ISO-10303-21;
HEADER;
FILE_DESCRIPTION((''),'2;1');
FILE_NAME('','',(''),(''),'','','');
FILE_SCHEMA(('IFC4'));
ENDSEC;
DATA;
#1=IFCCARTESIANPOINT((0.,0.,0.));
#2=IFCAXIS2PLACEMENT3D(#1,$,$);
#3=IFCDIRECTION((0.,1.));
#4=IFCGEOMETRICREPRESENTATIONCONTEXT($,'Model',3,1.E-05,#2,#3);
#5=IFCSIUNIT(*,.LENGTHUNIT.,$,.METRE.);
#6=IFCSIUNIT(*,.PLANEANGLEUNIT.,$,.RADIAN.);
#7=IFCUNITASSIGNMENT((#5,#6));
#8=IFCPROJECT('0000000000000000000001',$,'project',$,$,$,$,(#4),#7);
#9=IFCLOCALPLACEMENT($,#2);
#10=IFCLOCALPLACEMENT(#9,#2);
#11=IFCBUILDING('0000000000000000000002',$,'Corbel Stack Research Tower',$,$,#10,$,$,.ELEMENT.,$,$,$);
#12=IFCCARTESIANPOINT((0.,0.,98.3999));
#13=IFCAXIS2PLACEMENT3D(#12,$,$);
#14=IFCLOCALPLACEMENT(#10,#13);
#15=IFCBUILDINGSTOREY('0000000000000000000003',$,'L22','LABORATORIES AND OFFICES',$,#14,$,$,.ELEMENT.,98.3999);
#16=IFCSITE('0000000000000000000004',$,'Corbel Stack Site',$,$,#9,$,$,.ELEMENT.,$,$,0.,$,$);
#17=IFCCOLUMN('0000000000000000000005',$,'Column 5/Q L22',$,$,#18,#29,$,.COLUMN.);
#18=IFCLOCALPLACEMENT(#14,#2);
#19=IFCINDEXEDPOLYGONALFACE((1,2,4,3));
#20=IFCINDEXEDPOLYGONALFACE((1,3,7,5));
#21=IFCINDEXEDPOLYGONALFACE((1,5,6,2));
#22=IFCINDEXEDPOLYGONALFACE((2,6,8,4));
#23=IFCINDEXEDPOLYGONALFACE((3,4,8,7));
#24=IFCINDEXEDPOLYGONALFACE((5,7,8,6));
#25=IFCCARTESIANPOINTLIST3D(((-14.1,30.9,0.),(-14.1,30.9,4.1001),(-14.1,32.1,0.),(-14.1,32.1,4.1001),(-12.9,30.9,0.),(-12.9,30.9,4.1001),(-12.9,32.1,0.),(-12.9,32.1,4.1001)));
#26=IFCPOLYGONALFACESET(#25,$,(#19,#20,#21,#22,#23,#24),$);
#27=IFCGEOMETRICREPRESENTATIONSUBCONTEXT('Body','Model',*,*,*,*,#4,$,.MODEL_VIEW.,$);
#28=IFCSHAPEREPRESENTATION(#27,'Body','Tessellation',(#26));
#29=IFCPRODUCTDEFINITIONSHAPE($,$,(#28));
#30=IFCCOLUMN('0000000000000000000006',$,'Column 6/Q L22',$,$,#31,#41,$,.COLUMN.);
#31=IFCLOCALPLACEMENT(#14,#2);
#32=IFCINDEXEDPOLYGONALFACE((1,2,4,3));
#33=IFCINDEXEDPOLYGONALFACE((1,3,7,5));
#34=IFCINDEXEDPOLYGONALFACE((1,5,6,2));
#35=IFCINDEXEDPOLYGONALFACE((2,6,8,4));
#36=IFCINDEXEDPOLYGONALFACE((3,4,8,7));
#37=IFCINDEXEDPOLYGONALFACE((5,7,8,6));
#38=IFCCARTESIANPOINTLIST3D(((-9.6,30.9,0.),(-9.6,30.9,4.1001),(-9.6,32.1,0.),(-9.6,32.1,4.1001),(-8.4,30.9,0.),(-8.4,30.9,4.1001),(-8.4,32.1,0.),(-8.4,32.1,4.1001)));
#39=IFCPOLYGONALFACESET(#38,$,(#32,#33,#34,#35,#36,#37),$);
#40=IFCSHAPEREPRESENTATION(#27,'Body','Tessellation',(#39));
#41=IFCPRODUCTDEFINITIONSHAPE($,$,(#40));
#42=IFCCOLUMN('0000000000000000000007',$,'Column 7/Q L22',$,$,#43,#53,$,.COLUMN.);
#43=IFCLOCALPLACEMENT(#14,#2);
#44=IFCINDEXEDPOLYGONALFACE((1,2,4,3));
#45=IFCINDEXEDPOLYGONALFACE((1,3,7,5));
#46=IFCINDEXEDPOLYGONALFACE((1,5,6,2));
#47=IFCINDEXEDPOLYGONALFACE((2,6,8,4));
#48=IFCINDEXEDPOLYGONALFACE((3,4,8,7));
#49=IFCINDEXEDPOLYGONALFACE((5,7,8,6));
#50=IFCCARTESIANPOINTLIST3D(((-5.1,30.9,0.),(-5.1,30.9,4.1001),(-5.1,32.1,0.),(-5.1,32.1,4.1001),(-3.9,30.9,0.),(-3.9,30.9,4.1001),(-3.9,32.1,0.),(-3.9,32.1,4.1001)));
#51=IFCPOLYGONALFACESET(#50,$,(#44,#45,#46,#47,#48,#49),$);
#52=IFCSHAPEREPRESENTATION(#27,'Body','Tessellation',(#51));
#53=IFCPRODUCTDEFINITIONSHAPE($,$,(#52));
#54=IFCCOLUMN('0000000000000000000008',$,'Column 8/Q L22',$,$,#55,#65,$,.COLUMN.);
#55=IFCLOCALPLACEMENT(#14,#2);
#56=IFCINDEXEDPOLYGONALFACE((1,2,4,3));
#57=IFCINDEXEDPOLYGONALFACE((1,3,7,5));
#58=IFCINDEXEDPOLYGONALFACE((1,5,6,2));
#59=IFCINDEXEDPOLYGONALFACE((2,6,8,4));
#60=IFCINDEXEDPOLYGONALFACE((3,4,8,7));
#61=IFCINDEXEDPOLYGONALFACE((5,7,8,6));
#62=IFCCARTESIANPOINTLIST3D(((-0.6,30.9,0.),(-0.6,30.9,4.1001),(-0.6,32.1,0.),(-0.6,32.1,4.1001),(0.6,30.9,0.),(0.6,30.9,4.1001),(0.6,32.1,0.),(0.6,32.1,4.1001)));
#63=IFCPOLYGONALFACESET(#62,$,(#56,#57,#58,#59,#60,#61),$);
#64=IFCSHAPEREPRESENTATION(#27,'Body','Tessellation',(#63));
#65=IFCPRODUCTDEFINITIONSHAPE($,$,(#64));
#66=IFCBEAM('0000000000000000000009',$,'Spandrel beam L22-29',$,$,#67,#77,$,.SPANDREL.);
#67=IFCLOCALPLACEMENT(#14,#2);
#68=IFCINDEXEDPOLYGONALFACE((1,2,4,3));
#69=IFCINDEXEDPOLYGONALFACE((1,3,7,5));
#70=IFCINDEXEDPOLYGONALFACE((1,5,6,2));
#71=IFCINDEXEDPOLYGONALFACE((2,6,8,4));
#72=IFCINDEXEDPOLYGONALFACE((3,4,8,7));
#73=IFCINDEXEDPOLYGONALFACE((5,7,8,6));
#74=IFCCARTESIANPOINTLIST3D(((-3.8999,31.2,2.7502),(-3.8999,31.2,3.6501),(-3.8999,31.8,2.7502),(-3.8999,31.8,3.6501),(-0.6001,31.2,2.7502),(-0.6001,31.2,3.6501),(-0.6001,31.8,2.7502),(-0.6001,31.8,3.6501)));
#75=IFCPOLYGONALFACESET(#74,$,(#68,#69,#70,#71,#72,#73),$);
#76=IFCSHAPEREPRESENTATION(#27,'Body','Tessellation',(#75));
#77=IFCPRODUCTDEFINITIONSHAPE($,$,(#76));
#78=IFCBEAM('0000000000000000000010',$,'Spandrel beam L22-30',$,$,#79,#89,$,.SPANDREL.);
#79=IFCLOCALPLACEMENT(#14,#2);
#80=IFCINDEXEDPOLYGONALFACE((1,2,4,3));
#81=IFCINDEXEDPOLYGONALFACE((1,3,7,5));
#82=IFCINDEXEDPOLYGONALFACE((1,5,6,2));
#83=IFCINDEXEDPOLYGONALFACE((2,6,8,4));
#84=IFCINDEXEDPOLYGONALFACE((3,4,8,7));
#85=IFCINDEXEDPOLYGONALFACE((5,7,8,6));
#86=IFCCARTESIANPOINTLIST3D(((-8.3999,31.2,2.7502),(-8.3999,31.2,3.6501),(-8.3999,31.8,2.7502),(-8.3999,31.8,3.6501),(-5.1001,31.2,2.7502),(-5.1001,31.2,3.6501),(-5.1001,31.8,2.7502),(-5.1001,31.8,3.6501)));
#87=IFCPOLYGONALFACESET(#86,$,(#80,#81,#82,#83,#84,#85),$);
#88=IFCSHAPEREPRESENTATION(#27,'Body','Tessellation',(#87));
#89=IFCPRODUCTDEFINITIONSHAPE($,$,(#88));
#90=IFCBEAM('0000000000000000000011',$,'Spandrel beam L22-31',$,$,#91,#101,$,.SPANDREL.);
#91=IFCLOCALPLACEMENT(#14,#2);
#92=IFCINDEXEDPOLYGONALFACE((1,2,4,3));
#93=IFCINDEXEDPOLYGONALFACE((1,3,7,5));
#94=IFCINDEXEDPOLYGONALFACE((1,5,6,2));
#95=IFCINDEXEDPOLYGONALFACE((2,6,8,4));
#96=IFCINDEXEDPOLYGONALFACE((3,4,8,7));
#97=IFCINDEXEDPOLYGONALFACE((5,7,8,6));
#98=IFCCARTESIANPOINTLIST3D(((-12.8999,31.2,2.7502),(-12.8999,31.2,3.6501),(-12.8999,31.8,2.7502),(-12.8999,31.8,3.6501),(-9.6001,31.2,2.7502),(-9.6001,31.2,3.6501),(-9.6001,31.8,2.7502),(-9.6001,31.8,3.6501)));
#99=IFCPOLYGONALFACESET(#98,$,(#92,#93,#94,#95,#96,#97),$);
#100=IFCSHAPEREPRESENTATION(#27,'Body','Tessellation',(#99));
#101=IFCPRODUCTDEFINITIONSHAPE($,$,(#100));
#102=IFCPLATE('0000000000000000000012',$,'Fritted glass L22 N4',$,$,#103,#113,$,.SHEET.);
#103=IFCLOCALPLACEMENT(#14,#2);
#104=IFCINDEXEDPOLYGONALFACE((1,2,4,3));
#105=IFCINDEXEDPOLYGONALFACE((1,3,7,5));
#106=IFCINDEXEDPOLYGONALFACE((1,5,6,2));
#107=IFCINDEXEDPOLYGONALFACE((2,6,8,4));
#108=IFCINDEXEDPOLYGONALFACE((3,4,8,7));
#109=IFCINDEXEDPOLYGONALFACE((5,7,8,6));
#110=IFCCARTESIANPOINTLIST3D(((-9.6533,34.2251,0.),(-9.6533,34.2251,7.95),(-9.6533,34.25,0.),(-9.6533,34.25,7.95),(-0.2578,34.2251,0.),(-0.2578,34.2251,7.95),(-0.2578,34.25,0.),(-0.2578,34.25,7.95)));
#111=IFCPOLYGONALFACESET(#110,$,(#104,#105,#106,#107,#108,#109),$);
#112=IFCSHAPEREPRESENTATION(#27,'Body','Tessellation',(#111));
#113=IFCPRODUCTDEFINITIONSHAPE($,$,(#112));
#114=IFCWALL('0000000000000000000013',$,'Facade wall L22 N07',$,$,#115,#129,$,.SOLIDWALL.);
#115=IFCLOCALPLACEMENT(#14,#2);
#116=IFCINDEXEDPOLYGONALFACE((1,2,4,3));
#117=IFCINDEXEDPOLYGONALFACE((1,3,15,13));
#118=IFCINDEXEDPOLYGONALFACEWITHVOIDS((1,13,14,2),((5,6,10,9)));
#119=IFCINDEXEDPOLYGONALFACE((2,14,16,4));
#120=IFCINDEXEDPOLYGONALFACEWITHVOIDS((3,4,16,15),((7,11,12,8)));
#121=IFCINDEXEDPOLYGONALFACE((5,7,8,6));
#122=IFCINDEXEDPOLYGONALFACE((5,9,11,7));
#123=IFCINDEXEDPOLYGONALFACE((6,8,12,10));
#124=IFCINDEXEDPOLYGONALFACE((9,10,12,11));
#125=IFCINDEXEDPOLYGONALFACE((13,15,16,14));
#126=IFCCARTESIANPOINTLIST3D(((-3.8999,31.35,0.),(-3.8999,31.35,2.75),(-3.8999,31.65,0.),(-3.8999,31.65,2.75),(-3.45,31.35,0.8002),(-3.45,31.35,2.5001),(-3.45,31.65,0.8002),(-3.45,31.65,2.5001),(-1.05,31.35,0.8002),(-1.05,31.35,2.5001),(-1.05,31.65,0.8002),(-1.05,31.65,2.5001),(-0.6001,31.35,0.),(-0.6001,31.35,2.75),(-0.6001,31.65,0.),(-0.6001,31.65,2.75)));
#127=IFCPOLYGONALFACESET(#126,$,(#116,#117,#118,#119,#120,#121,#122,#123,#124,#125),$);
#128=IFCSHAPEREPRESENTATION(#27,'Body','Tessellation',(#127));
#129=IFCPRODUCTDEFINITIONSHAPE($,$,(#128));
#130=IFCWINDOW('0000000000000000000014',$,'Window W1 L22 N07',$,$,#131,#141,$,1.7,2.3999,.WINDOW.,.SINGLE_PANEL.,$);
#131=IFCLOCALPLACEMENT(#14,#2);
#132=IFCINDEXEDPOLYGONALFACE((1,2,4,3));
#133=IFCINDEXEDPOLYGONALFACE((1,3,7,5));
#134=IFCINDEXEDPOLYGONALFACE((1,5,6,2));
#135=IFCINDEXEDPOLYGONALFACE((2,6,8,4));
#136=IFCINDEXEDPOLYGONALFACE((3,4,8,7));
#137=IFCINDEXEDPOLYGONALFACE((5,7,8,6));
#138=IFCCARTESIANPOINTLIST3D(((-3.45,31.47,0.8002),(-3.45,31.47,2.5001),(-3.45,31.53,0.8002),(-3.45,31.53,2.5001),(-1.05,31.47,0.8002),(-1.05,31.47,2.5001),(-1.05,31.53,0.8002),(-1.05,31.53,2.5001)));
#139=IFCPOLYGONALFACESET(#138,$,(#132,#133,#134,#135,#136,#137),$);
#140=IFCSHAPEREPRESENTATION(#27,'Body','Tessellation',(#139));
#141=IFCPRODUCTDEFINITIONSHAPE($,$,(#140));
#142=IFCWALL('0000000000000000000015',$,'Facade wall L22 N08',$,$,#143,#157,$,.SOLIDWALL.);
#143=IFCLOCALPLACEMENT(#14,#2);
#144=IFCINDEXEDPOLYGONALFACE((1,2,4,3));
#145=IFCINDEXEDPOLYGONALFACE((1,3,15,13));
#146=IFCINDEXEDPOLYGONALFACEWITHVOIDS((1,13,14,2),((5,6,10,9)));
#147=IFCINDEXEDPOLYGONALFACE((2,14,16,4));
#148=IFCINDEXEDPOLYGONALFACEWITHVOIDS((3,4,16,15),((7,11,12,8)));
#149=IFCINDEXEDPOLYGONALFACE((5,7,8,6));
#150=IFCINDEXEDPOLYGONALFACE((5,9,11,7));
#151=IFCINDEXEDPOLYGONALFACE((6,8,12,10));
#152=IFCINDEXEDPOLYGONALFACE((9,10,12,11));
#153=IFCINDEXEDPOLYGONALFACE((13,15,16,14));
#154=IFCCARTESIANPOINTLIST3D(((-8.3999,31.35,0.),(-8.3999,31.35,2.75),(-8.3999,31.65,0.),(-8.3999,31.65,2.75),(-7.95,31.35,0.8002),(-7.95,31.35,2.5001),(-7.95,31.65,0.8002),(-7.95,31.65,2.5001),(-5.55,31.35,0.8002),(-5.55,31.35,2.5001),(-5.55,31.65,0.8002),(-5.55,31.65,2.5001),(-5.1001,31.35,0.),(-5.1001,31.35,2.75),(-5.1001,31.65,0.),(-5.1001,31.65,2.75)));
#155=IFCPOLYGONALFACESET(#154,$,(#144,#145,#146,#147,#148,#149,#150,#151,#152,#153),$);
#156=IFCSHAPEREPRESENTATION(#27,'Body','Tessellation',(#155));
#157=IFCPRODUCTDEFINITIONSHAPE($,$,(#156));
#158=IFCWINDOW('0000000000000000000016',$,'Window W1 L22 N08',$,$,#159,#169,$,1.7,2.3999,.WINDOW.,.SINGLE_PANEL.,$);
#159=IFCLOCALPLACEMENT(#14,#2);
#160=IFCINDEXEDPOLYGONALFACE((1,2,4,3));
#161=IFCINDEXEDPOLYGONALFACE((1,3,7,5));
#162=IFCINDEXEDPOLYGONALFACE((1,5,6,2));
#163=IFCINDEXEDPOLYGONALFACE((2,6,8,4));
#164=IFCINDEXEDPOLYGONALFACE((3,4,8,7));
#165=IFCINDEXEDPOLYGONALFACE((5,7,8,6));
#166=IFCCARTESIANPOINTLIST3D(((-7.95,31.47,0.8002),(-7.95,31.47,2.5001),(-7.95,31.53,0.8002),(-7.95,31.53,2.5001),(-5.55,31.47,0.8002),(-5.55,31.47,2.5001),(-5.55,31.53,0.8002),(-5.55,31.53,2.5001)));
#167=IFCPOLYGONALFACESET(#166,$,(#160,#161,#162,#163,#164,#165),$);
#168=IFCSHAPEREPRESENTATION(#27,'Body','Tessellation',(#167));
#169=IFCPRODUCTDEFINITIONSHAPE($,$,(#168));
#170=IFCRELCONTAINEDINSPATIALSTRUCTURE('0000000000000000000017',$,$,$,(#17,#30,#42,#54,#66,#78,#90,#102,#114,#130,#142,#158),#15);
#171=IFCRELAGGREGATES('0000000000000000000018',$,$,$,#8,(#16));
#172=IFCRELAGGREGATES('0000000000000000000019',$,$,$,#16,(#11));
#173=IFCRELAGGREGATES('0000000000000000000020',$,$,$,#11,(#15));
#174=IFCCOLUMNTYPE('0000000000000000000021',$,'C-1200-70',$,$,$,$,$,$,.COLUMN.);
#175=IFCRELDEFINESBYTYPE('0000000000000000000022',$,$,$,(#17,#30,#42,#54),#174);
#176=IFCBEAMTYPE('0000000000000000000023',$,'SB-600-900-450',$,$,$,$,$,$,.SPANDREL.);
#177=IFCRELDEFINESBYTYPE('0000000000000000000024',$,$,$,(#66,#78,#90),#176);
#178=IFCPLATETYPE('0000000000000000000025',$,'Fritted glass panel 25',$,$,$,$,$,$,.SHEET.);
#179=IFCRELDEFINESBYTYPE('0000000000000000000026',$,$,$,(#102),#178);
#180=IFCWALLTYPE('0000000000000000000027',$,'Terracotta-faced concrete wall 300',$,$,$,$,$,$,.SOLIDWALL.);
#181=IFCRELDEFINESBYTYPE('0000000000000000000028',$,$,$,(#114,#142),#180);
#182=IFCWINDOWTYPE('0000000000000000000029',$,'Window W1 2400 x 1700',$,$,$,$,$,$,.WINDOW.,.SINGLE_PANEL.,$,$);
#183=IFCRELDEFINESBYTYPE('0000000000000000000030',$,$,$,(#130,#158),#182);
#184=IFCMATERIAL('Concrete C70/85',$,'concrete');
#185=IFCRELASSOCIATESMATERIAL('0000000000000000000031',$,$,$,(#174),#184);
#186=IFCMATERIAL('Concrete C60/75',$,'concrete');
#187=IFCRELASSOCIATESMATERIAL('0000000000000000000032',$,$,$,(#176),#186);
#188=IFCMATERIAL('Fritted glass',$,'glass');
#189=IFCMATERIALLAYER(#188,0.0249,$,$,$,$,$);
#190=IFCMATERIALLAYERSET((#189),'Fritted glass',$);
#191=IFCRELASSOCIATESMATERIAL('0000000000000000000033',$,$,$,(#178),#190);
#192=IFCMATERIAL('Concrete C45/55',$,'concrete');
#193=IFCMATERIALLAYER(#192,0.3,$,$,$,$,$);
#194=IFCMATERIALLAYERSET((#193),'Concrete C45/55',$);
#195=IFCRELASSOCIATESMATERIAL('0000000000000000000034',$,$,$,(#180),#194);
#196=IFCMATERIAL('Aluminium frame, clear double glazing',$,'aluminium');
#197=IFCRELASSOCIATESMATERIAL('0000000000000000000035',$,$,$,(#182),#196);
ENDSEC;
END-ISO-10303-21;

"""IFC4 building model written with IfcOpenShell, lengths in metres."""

from ifc_helpers import new_model, si_unit, direction, frame, frame_2d, origin, origin_2d, place, context, subcontext, project, spatial, rectangle, extrude, material, layer, layer_set, material_profile, profile_set, type_object, element, fill, save


model = new_model("IFC4")

# Units and contexts
model_context = context("Model", 3, precision=1e-05, world=origin(), true_north=direction((0.0, 1.0)))
body_context = subcontext(model_context, "Body", "Model", "MODEL_VIEW")
ifc_project = project(units=[si_unit("LENGTHUNIT", "METRE"), si_unit("PLANEANGLEUNIT", "RADIAN")], contexts=[model_context])

# Site, building, storey
site_placement = place(None, origin())
site = spatial("IfcSite", under=ifc_project, at=site_placement, Name="Corbel Stack Site", CompositionType="ELEMENT", RefElevation=0.0)
building_placement = place(site_placement, origin())
building = spatial("IfcBuilding", under=site, at=building_placement, Name="Corbel Stack Research Tower", CompositionType="ELEMENT")
storey_placement = place(building_placement, frame((0.0, 0.0, 98.3999)))
storey = spatial("IfcBuildingStorey", under=building, at=storey_placement, Name="L22", Description="LABORATORIES AND OFFICES", CompositionType="ELEMENT", Elevation=98.3999)

# Columns
ifc_material_1 = material(Name="Concrete C70/85", Category="concrete")
ifc_material_profile_1 = material_profile(ifc_material_1, rectangle(XDim=1.2, YDim=1.2, at=origin_2d()), Name="RC 1200 x 1200")
ifc_profile_set_1 = profile_set([ifc_material_profile_1], Name="Concrete C70/85")
column_type = type_object("IfcColumnType", Name="C-1200-70", PredefinedType="COLUMN", material=ifc_profile_set_1)
for number, where, z_axis, x_axis, name in (
    (1, (-13.5, 31.5, 0.0), (0.0, 0.0, 1.0), (1.0, 0.0, 0.0), "Column 5/Q L22"),
    (2, (-9.0, 31.5, 0.0), (0.0, 0.0, 1.0), (1.0, 0.0, 0.0), "Column 6/Q L22"),
    (3, (-4.5, 31.5, 0.0), (0.0, 0.0, 1.0), (1.0, 0.0, 0.0), "Column 7/Q L22"),
    (4, (0.0, 31.5, 0.0), (0.0, 0.0, 1.0), (1.0, 0.0, 0.0), "Column 8/Q L22"),
):
    element("IfcColumn", number, at=place(storey_placement, frame(where, z_axis=z_axis, x_axis=x_axis)), inside=storey, type_object=column_type, Name=name, PredefinedType="COLUMN", context=body_context, shape_type="SweptSolid", body=[
        extrude(rectangle(XDim=1.2, YDim=1.2, at=origin_2d()), origin(), (0.0, 0.0, 1.0), 4.1001),
    ])

# Beams
ifc_material_2 = material(Name="Concrete C60/75", Category="concrete")
ifc_material_profile_2 = material_profile(ifc_material_2, rectangle(XDim=0.6001, YDim=0.8999, at=origin_2d()), Name="RC 600 x 900")
ifc_profile_set_2 = profile_set([ifc_material_profile_2], Name="Concrete C60/75")
beam_type = type_object("IfcBeamType", Name="SB-600-900-450", PredefinedType="SPANDREL", material=ifc_profile_set_2)
for number, where, z_axis, x_axis, name in (
    (5, (-0.6001, 31.5, 3.2002), (-1.0, 0.0, 0.0), (0.0, -1.0, 0.0), "Spandrel beam L22-29"),
    (6, (-5.1001, 31.5, 3.2002), (-1.0, 0.0, 0.0), (0.0, -1.0, 0.0), "Spandrel beam L22-30"),
    (7, (-9.6001, 31.5, 3.2002), (-1.0, 0.0, 0.0), (0.0, -1.0, 0.0), "Spandrel beam L22-31"),
):
    element("IfcBeam", number, at=place(storey_placement, frame(where, z_axis=z_axis, x_axis=x_axis)), inside=storey, type_object=beam_type, Name=name, PredefinedType="SPANDREL", context=body_context, shape_type="SweptSolid", body=[
        extrude(rectangle(XDim=0.6001, YDim=0.8999, at=origin_2d()), origin(), (0.0, 0.0, 1.0), 3.2998),
    ])

# Plate
ifc_material_3 = material(Name="Fritted glass", Category="glass")
ifc_layer_1 = layer(ifc_material_3, 0.0249)
ifc_layer_set_1 = layer_set([ifc_layer_1], Name="Fritted glass")
plate_type = type_object("IfcPlateType", Name="Fritted glass panel 25", PredefinedType="SHEET", material=ifc_layer_set_1)
plate_placement = place(storey_placement, frame((-4.9556, 34.2375, 0.0), z_axis=(0.0, 0.0, 1.0), x_axis=(-1.0, 0.0, 0.0)))
element("IfcPlate", 8, at=plate_placement, inside=storey, type_object=plate_type, Name="Fritted glass L22 N4", PredefinedType="SHEET", context=body_context, shape_type="SweptSolid", body=[
    extrude(rectangle(XDim=9.3955, YDim=0.0249, at=origin_2d()), origin(), (0.0, 0.0, 1.0), 7.95),
])

# Walls, openings, windows
ifc_material_4 = material(Name="Concrete C45/55", Category="concrete")
ifc_layer_2 = layer(ifc_material_4, 0.3)
ifc_layer_set_2 = layer_set([ifc_layer_2], Name="Concrete C45/55")
wall_type = type_object("IfcWallType", Name="Terracotta-faced concrete wall 300", PredefinedType="SOLIDWALL", material=ifc_layer_set_2)
wall_1_placement = place(storey_placement, frame((-3.8999, 31.5, 0.0), z_axis=(0.0, 0.0, 1.0), x_axis=(1.0, 0.0, 0.0)))
wall_1 = element("IfcWall", 9, at=wall_1_placement, inside=storey, type_object=wall_type, Name="Facade wall L22 N07", PredefinedType="SOLIDWALL", context=body_context, shape_type="SweptSolid", body=[
    extrude(rectangle(XDim=3.2998, YDim=0.3, at=frame_2d((1.6499, 0.0))), origin(), (0.0, 0.0, 1.0), 2.75),
])
opening_1_placement = place(wall_1_placement, frame((0.45, 0.0, 0.8)))
opening_1 = element("IfcOpeningElement", 10, at=opening_1_placement, cuts=wall_1, PredefinedType="OPENING", context=body_context, shape_type="SweptSolid", body=[
    extrude(rectangle(XDim=2.3999, YDim=1.7, at=frame_2d((1.2, 0.8501))), frame((0.0, 0.1599, 0.0), z_axis=(0.0, -1.0, 0.0), x_axis=(1.0, 0.0, 0.0)), (0.0, 0.0, 1.0), 0.3201),
])
ifc_material_5 = material(Name="Aluminium frame, clear double glazing", Category="aluminium")
window_type = type_object("IfcWindowType", Name="Window W1 2400 x 1700", PartitioningType="SINGLE_PANEL", PredefinedType="WINDOW", material=ifc_material_5)
window_1_placement = place(opening_1_placement, origin())
window_1 = element("IfcWindow", 11, at=window_1_placement, inside=storey, type_object=window_type, Name="Window W1 L22 N07", OverallHeight=1.7, OverallWidth=2.3999, PartitioningType="SINGLE_PANEL", PredefinedType="WINDOW", context=body_context, shape_type="SweptSolid", body=[
    extrude(rectangle(XDim=2.3999, YDim=1.7, at=frame_2d((1.2, 0.8501))), frame((0.0, 0.03, 0.0), z_axis=(0.0, -1.0, 0.0), x_axis=(1.0, 0.0, 0.0)), (0.0, 0.0, 1.0), 0.0601),
])
fill(opening_1, window_1)
wall_2_placement = place(storey_placement, frame((-8.3999, 31.5, 0.0), z_axis=(0.0, 0.0, 1.0), x_axis=(1.0, 0.0, 0.0)))
wall_2 = element("IfcWall", 12, at=wall_2_placement, inside=storey, type_object=wall_type, Name="Facade wall L22 N08", PredefinedType="SOLIDWALL", context=body_context, shape_type="SweptSolid", body=[
    extrude(rectangle(XDim=3.2998, YDim=0.3, at=frame_2d((1.6499, 0.0))), origin(), (0.0, 0.0, 1.0), 2.75),
])
opening_2_placement = place(wall_2_placement, frame((0.45, 0.0, 0.8)))
opening_2 = element("IfcOpeningElement", 13, at=opening_2_placement, cuts=wall_2, PredefinedType="OPENING", context=body_context, shape_type="SweptSolid", body=[
    extrude(rectangle(XDim=2.3999, YDim=1.7, at=frame_2d((1.2, 0.8501))), frame((0.0, 0.1599, 0.0), z_axis=(0.0, -1.0, 0.0), x_axis=(1.0, 0.0, 0.0)), (0.0, 0.0, 1.0), 0.3201),
])
window_2_placement = place(opening_2_placement, origin())
window_2 = element("IfcWindow", 14, at=window_2_placement, inside=storey, type_object=window_type, Name="Window W1 L22 N08", OverallHeight=1.7, OverallWidth=2.3999, PartitioningType="SINGLE_PANEL", PredefinedType="WINDOW", context=body_context, shape_type="SweptSolid", body=[
    extrude(rectangle(XDim=2.3999, YDim=1.7, at=frame_2d((1.2, 0.8501))), frame((0.0, 0.03, 0.0), z_axis=(0.0, -1.0, 0.0), x_axis=(1.0, 0.0, 0.0)), (0.0, 0.0, 1.0), 0.0601),
])
fill(opening_2, window_2)

save(model, "model.ifc")
